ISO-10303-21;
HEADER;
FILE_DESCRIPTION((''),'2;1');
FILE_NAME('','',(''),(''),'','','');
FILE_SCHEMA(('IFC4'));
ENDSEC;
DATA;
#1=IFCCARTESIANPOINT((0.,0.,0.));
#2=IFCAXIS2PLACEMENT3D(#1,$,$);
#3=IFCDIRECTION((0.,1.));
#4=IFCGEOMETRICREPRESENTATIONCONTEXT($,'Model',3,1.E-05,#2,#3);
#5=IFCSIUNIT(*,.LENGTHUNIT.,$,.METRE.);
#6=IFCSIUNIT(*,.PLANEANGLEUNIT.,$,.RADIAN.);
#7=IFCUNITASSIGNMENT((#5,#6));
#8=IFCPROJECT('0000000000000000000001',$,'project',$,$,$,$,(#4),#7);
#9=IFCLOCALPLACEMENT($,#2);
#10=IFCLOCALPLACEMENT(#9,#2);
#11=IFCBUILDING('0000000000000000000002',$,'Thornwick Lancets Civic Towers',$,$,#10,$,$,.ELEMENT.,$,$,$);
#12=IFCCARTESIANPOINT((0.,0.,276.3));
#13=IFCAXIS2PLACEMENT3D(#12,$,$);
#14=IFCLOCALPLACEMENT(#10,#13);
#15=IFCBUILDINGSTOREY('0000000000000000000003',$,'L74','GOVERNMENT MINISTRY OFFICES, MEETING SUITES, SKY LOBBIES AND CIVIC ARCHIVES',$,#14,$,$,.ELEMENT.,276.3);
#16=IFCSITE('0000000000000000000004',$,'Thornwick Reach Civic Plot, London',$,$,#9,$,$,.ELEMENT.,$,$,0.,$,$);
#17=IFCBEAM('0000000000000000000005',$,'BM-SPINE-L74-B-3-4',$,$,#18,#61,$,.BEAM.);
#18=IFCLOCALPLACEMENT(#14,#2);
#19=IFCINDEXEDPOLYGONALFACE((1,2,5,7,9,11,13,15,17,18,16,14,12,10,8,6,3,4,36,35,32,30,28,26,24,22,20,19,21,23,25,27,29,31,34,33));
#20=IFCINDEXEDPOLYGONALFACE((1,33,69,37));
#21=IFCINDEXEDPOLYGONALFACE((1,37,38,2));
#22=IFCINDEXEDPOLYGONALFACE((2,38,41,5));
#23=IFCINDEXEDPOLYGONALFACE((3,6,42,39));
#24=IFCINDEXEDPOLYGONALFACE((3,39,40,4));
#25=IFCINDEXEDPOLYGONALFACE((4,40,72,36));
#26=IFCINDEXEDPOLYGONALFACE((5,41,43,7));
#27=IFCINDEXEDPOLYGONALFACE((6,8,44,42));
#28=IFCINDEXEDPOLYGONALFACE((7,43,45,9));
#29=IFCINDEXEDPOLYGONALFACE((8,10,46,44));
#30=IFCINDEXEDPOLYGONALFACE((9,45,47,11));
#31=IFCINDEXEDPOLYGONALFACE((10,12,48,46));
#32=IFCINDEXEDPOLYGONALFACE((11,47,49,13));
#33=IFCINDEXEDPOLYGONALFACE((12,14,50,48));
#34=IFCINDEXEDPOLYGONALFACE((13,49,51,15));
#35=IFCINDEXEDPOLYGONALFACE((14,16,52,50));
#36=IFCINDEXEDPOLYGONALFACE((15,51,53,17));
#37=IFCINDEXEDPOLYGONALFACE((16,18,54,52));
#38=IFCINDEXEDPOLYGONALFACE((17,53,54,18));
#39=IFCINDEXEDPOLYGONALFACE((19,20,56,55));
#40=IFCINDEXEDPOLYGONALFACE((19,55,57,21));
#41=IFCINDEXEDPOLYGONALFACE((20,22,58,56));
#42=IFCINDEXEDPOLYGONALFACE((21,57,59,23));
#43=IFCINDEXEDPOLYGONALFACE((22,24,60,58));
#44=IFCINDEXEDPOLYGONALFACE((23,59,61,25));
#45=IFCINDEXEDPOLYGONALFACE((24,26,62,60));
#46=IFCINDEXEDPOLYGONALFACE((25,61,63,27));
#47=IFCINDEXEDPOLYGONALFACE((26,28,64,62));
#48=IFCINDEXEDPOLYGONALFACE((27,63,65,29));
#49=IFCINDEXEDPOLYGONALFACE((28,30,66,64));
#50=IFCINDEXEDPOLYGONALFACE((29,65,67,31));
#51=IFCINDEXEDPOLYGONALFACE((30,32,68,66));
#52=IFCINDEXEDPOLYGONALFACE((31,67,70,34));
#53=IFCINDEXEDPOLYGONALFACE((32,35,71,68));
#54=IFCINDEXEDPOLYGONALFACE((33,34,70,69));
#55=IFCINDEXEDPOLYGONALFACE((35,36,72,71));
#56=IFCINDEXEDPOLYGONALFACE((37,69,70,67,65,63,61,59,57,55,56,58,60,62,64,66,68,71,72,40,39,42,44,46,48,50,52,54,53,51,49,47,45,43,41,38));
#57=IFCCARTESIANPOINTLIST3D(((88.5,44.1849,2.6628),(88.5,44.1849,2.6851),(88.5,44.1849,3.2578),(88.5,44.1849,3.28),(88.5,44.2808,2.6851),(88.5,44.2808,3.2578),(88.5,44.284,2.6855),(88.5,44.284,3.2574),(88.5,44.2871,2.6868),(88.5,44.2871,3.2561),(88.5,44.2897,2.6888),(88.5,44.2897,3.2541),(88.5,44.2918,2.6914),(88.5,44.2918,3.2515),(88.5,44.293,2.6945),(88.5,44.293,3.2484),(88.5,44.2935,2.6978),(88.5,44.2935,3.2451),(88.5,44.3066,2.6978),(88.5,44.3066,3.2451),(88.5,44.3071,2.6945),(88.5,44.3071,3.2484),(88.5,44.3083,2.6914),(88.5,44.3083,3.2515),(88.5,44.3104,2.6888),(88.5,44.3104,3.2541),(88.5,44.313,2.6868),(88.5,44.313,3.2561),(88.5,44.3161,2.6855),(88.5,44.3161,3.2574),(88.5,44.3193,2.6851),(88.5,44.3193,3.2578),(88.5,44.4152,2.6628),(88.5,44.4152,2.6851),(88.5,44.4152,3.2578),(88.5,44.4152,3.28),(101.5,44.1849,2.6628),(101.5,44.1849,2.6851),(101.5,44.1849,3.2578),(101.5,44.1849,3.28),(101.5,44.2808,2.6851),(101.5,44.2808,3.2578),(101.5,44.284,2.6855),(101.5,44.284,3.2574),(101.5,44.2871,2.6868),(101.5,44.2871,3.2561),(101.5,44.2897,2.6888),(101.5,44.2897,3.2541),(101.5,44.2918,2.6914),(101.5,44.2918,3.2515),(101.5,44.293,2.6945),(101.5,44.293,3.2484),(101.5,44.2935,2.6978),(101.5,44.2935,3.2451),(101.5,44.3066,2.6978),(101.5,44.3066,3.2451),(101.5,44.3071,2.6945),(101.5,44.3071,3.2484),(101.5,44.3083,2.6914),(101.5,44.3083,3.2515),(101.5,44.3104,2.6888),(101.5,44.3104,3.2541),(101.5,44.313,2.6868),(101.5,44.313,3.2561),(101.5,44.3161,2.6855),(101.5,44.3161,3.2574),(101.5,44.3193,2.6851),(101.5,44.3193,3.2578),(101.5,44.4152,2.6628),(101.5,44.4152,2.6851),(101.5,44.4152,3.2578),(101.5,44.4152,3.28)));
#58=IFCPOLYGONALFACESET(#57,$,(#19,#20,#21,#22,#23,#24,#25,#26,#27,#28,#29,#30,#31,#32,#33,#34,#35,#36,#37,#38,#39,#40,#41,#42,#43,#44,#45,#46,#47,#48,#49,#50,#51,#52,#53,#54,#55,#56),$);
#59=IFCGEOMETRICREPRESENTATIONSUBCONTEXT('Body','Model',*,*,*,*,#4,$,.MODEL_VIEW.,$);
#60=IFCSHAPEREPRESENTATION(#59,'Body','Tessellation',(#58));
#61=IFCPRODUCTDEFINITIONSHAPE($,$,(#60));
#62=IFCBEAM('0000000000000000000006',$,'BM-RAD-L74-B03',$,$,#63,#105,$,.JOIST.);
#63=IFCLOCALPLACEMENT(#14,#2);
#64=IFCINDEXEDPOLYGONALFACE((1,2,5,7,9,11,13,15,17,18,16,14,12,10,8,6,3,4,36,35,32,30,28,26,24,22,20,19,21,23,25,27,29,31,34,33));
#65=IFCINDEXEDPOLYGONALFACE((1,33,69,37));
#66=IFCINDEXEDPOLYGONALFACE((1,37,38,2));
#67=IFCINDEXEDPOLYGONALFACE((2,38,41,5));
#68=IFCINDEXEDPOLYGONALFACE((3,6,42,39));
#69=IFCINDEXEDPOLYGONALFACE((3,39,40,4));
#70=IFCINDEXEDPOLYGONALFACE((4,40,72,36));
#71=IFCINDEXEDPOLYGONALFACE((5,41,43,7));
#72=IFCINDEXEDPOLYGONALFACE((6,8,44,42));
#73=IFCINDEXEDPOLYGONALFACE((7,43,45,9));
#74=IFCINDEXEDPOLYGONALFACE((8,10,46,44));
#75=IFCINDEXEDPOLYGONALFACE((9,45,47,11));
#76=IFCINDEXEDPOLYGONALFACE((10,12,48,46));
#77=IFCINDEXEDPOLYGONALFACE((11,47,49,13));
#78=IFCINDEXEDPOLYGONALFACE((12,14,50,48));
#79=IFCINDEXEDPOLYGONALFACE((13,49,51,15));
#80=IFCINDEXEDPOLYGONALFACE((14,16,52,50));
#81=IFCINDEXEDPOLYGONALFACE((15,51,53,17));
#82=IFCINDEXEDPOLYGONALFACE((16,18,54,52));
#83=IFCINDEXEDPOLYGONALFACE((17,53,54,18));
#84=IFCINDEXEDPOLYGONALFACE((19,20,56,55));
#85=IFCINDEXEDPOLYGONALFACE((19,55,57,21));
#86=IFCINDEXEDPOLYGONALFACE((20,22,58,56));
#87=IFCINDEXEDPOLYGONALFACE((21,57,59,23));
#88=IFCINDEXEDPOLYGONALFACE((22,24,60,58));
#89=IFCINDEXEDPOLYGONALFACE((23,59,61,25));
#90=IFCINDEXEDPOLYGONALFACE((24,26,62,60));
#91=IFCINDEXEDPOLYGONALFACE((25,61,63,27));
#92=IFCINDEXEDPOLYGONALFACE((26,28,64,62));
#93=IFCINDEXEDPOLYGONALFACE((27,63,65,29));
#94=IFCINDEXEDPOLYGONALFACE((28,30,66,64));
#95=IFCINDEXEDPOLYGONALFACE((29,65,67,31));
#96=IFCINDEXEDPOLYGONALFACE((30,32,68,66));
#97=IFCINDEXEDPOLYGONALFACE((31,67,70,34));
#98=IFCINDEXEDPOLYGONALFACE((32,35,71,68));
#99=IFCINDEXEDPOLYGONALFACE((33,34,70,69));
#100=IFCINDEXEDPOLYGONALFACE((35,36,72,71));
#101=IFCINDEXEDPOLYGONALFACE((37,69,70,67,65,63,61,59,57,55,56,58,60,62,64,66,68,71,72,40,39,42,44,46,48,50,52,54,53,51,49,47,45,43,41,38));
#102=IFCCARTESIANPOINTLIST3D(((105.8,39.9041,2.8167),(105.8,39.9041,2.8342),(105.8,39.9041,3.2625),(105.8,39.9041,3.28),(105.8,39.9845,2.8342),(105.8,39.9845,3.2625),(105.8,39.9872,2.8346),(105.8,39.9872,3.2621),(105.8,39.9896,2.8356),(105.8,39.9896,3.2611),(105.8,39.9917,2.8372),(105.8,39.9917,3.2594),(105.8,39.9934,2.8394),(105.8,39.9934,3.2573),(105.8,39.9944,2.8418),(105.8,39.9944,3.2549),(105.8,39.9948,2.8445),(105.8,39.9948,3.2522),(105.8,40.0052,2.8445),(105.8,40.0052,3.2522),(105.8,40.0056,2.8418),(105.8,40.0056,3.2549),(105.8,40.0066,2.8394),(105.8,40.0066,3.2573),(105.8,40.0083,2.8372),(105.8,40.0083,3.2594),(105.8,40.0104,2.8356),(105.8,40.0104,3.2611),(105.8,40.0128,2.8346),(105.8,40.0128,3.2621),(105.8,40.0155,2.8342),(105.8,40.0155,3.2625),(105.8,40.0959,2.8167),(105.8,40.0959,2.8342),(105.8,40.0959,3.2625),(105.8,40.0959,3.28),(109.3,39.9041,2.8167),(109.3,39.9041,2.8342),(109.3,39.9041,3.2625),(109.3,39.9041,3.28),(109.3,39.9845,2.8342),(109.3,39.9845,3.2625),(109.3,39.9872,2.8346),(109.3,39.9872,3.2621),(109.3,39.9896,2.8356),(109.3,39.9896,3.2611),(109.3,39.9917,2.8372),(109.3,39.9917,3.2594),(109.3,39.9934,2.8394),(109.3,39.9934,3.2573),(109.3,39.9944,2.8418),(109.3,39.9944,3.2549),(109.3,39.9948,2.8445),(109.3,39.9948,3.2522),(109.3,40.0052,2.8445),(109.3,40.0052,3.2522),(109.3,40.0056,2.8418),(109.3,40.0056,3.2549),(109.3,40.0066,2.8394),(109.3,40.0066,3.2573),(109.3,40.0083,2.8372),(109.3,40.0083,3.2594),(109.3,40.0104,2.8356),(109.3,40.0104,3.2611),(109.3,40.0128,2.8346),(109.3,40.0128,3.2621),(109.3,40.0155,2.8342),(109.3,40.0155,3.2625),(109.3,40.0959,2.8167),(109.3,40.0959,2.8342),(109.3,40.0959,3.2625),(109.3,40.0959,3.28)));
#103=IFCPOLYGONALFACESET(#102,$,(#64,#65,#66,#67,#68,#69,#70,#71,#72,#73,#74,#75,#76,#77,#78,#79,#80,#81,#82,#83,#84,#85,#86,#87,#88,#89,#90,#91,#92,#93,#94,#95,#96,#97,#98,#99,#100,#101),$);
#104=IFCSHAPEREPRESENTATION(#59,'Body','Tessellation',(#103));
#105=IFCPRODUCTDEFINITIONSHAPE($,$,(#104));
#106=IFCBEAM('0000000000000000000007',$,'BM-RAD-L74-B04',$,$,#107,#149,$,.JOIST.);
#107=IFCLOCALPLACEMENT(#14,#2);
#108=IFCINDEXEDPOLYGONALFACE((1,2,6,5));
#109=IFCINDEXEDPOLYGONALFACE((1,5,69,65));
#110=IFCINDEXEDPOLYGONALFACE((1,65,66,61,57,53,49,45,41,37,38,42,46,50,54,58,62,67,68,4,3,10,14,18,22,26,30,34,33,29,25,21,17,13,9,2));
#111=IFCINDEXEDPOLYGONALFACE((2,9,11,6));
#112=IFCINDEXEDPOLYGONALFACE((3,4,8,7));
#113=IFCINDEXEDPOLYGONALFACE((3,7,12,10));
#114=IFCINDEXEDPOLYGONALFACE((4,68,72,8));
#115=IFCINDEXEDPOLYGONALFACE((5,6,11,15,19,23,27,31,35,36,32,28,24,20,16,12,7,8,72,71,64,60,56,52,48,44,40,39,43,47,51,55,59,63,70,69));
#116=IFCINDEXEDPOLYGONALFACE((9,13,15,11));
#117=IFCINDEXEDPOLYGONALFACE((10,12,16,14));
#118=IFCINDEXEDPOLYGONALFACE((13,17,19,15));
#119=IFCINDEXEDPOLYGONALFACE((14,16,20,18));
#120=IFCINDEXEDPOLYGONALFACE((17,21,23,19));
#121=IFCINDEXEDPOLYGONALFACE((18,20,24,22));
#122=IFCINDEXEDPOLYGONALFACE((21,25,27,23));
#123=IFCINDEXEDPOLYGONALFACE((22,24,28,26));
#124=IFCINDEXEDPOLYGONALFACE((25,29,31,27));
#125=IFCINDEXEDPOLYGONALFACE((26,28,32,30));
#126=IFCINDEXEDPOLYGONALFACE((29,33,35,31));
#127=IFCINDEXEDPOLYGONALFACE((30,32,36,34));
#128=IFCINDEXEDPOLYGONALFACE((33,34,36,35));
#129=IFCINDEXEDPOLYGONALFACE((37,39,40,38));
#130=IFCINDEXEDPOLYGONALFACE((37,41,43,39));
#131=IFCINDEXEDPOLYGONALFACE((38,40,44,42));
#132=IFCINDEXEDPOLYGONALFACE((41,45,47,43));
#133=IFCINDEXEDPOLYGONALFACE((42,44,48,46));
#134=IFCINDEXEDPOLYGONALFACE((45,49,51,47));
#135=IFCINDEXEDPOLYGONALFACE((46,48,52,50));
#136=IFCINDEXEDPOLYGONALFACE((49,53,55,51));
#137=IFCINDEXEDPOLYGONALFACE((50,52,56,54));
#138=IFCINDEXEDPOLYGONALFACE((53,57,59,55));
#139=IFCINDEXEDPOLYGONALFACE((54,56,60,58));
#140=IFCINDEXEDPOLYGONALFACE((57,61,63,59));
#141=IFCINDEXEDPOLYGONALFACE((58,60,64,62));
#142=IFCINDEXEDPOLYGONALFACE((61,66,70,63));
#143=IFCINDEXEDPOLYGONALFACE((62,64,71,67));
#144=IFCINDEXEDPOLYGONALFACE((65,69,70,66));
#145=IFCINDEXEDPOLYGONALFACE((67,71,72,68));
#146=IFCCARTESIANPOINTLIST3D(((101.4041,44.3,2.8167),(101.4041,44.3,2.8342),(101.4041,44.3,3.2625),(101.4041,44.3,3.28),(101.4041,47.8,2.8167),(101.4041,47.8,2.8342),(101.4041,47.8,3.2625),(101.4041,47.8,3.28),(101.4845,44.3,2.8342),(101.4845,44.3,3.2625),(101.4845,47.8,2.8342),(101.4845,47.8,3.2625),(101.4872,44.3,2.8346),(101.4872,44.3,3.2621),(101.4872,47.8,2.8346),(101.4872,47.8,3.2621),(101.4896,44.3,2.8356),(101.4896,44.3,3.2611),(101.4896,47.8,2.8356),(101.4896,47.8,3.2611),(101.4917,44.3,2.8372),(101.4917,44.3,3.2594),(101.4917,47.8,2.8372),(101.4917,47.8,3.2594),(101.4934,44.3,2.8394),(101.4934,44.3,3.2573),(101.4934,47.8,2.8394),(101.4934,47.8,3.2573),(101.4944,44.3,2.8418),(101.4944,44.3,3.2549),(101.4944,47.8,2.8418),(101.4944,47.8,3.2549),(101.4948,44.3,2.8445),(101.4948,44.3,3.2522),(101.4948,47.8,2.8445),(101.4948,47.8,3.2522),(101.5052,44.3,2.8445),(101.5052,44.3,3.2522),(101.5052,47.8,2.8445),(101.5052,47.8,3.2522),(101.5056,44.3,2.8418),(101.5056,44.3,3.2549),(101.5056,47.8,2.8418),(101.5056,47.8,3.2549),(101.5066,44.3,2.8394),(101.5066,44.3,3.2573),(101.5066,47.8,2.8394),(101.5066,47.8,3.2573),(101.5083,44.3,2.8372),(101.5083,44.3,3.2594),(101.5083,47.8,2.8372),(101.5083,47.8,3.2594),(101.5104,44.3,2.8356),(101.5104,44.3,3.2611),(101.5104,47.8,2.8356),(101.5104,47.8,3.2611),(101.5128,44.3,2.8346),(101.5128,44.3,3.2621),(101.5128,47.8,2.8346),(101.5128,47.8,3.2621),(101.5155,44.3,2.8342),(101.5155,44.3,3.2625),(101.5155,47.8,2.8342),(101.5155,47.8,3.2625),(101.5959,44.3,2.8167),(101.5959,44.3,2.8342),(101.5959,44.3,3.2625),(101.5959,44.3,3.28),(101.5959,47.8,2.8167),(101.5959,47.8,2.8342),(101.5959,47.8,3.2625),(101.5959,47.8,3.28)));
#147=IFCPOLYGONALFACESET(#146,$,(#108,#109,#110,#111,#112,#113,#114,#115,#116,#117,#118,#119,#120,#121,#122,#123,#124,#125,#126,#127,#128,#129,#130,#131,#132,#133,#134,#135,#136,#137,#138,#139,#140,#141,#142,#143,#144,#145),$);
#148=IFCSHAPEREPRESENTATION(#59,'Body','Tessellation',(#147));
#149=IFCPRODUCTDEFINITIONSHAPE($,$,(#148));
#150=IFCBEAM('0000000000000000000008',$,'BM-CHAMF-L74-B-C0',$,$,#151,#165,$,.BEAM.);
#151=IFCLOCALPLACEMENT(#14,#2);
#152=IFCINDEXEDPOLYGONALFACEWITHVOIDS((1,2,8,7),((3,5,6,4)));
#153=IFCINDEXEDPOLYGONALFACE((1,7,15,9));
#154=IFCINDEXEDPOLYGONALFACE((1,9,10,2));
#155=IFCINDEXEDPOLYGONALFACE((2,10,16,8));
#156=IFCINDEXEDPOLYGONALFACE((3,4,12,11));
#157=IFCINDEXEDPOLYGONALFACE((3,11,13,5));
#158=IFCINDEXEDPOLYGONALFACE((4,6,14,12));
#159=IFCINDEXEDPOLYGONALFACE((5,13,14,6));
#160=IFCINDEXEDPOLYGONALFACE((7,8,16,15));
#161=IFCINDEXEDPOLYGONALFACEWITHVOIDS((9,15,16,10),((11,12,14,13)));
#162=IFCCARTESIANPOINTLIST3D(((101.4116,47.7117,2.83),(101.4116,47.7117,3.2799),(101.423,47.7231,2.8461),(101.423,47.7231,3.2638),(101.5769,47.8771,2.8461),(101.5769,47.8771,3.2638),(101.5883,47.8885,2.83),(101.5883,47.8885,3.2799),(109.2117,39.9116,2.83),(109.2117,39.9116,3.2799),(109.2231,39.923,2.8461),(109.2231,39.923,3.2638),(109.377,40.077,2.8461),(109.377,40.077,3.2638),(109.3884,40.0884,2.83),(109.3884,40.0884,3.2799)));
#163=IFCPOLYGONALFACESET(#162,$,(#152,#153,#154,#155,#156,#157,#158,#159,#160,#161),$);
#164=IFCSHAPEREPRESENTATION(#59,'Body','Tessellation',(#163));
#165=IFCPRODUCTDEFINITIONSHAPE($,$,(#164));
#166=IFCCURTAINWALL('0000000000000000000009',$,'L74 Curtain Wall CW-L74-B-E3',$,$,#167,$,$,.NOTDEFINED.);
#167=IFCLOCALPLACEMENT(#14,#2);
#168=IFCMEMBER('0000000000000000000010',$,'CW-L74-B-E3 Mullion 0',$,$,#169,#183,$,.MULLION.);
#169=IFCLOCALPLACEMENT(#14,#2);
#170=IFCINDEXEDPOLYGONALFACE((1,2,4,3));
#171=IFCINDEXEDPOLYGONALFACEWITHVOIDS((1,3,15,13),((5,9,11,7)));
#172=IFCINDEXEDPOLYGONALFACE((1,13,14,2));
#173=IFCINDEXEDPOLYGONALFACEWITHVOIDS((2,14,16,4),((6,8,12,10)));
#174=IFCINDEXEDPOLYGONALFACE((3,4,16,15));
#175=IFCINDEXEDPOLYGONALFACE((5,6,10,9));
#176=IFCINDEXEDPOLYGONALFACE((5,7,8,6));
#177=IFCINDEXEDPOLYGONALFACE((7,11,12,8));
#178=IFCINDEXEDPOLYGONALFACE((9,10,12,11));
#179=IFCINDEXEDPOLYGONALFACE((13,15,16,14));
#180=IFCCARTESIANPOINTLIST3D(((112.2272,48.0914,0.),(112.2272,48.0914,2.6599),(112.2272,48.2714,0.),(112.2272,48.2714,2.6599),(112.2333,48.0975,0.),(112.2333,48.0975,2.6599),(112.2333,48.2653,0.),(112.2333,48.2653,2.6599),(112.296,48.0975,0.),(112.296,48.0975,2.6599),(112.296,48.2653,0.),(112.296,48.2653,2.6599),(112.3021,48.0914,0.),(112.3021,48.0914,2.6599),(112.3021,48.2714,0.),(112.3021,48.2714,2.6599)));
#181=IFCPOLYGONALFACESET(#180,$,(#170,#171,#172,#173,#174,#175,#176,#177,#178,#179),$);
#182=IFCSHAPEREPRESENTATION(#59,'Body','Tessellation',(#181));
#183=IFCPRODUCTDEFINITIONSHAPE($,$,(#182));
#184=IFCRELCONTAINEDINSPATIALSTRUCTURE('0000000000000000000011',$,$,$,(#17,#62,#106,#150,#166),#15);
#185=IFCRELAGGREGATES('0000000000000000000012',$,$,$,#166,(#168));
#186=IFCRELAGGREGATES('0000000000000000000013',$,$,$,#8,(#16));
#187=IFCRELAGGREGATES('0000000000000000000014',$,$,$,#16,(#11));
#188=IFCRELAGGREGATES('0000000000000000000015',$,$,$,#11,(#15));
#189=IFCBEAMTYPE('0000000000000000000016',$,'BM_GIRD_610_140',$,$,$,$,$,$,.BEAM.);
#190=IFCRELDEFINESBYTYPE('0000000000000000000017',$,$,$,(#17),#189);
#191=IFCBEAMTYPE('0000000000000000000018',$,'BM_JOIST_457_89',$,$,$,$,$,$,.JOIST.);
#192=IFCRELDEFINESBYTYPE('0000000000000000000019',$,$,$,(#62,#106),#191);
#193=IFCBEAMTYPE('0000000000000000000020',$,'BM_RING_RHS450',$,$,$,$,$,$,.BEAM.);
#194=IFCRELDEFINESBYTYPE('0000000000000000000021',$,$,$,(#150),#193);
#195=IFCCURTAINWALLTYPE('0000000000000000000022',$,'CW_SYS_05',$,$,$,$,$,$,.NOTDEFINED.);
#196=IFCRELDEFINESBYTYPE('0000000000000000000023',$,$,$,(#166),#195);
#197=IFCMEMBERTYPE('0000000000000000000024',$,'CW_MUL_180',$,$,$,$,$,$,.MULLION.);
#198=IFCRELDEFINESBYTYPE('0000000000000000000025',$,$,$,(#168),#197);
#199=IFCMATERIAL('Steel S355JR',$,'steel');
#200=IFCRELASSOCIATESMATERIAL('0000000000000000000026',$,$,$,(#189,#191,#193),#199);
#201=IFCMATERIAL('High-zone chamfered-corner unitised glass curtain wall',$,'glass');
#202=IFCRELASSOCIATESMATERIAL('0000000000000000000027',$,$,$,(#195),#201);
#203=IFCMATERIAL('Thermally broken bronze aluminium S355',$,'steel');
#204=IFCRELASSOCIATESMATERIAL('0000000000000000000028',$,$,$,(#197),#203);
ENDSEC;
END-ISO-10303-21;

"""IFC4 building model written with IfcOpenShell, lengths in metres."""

from ifc_helpers import new_model, si_unit, direction, frame, origin, origin_2d, place, context, subcontext, project, spatial, hollow_rectangle, i_section, extrude, material, material_profile, profile_set, type_object, element, aggregate, save


model = new_model("IFC4")

# Units and contexts
model_context = context("Model", 3, precision=1e-05, world=origin(), true_north=direction((0.0, 1.0)))
body_context = subcontext(model_context, "Body", "Model", "MODEL_VIEW")
ifc_project = project(units=[si_unit("LENGTHUNIT", "METRE"), si_unit("PLANEANGLEUNIT", "RADIAN")], contexts=[model_context])

# Site, building, storey
site_placement = place(None, origin())
site = spatial("IfcSite", under=ifc_project, at=site_placement, Name="Thornwick Reach Civic Plot, London", CompositionType="ELEMENT", RefElevation=0.0)
building_placement = place(site_placement, origin())
building = spatial("IfcBuilding", under=site, at=building_placement, Name="Thornwick Lancets Civic Towers", CompositionType="ELEMENT")
storey_placement = place(building_placement, frame((0.0, 0.0, 276.3)))
storey = spatial("IfcBuildingStorey", under=building, at=storey_placement, Name="L74", Description="GOVERNMENT MINISTRY OFFICES, MEETING SUITES, SKY LOBBIES AND CIVIC ARCHIVES", CompositionType="ELEMENT", Elevation=276.3)

# Shared definitions
ifc_material_1 = material(Name="Steel S355JR", Category="steel")

# Beams
ifc_material_profile_1 = material_profile(ifc_material_1, i_section(OverallWidth=0.2302, OverallDepth=0.6172, WebThickness=0.0132, FlangeThickness=0.0222, FilletRadius=0.0127, at=origin_2d()), Name="UKB 610x229x140")
ifc_profile_set_1 = profile_set([ifc_material_profile_1], Name="Steel S355JR")
beam_type_1 = type_object("IfcBeamType", Name="BM_GIRD_610_140", PredefinedType="BEAM", material=ifc_profile_set_1)
beam_1_placement = place(storey_placement, frame((101.5, 44.3, 2.9714), z_axis=(-1.0, 0.0, 0.0), x_axis=(0.0, -1.0, 0.0)))
element("IfcBeam", 1, at=beam_1_placement, inside=storey, type_object=beam_type_1, Name="BM-SPINE-L74-B-3-4", PredefinedType="BEAM", context=body_context, shape_type="SweptSolid", body=[
    extrude(i_section(OverallWidth=0.2302, OverallDepth=0.6172, WebThickness=0.0132, FlangeThickness=0.0222, FilletRadius=0.0127, at=origin_2d()), origin(), (0.0, 0.0, 1.0), 13.0),
])
ifc_material_profile_2 = material_profile(ifc_material_1, i_section(OverallWidth=0.1919, OverallDepth=0.4634, WebThickness=0.0105, FlangeThickness=0.0176, FilletRadius=0.0103, at=origin_2d()), Name="UKB 457x191x89")
ifc_profile_set_2 = profile_set([ifc_material_profile_2], Name="Steel S355JR")
beam_type_2 = type_object("IfcBeamType", Name="BM_JOIST_457_89", PredefinedType="JOIST", material=ifc_profile_set_2)
for number, where, z_axis, x_axis, name in (
    (2, (105.8, 40.0, 3.0483), (1.0, 0.0, 0.0), (0.0, 1.0, 0.0), "BM-RAD-L74-B03"),
    (3, (101.5, 44.3, 3.0483), (0.0, 1.0, 0.0), (-1.0, 0.0, 0.0), "BM-RAD-L74-B04"),
):
    element("IfcBeam", number, at=place(storey_placement, frame(where, z_axis=z_axis, x_axis=x_axis)), inside=storey, type_object=beam_type_2, Name=name, PredefinedType="JOIST", context=body_context, shape_type="SweptSolid", body=[
        extrude(i_section(OverallWidth=0.1919, OverallDepth=0.4634, WebThickness=0.0105, FlangeThickness=0.0176, FilletRadius=0.0103, at=origin_2d()), origin(), (0.0, 0.0, 1.0), 3.5),
    ])
ifc_material_profile_3 = material_profile(ifc_material_1, hollow_rectangle(XDim=0.25, YDim=0.45, WallThickness=0.0161, at=origin_2d()), Name="RHS 450x250x16")
ifc_profile_set_3 = profile_set([ifc_material_profile_3], Name="Steel S355JR")
beam_type_3 = type_object("IfcBeamType", Name="BM_RING_RHS450", PredefinedType="BEAM", material=ifc_profile_set_3)
beam_2_placement = place(storey_placement, frame((109.3, 40.0, 3.0549), z_axis=(-0.707107, 0.707107, 0.0), x_axis=(-0.707107, -0.707107, 0.0)))
element("IfcBeam", 4, at=beam_2_placement, inside=storey, type_object=beam_type_3, Name="BM-CHAMF-L74-B-C0", PredefinedType="BEAM", context=body_context, shape_type="SweptSolid", body=[
    extrude(hollow_rectangle(XDim=0.25, YDim=0.45, WallThickness=0.0161, at=origin_2d()), origin(), (0.0, 0.0, 1.0), 11.031),
])

# Curtain wall, member
ifc_material_2 = material(Name="High-zone chamfered-corner unitised glass curtain wall", Category="glass")
curtain_wall_type = type_object("IfcCurtainWallType", Name="CW_SYS_05", PredefinedType="NOTDEFINED", material=ifc_material_2)
curtain_wall_placement = place(storey_placement, origin())
curtain_wall = element("IfcCurtainWall", 5, at=curtain_wall_placement, inside=storey, type_object=curtain_wall_type, Name="L74 Curtain Wall CW-L74-B-E3", PredefinedType="NOTDEFINED")
ifc_material_3 = material(Name="Thermally broken bronze aluminium S355", Category="steel")
ifc_material_profile_4 = material_profile(ifc_material_3, hollow_rectangle(XDim=0.075, YDim=0.1799, WallThickness=0.0061, at=origin_2d()), Name="RHS 180x75x6")
ifc_profile_set_4 = profile_set([ifc_material_profile_4], Name="Thermally broken bronze aluminium S355")
member_type_1 = type_object("IfcMemberType", Name="CW_MUL_180", PredefinedType="MULLION", material=ifc_profile_set_4)
member_1_placement = place(storey_placement, frame((112.2646, 48.1814, 0.0), z_axis=(0.0, 0.0, 1.0), x_axis=(1.0, 0.0, 0.0)))
member_1 = element("IfcMember", 6, at=member_1_placement, type_object=member_type_1, Name="CW-L74-B-E3 Mullion 0", PredefinedType="MULLION", context=body_context, shape_type="SweptSolid", body=[
    extrude(hollow_rectangle(XDim=0.075, YDim=0.1799, WallThickness=0.0061, at=origin_2d()), origin(), (0.0, 0.0, 1.0), 2.6599),
])
aggregate(curtain_wall, [member_1])

save(model, "model.ifc")
